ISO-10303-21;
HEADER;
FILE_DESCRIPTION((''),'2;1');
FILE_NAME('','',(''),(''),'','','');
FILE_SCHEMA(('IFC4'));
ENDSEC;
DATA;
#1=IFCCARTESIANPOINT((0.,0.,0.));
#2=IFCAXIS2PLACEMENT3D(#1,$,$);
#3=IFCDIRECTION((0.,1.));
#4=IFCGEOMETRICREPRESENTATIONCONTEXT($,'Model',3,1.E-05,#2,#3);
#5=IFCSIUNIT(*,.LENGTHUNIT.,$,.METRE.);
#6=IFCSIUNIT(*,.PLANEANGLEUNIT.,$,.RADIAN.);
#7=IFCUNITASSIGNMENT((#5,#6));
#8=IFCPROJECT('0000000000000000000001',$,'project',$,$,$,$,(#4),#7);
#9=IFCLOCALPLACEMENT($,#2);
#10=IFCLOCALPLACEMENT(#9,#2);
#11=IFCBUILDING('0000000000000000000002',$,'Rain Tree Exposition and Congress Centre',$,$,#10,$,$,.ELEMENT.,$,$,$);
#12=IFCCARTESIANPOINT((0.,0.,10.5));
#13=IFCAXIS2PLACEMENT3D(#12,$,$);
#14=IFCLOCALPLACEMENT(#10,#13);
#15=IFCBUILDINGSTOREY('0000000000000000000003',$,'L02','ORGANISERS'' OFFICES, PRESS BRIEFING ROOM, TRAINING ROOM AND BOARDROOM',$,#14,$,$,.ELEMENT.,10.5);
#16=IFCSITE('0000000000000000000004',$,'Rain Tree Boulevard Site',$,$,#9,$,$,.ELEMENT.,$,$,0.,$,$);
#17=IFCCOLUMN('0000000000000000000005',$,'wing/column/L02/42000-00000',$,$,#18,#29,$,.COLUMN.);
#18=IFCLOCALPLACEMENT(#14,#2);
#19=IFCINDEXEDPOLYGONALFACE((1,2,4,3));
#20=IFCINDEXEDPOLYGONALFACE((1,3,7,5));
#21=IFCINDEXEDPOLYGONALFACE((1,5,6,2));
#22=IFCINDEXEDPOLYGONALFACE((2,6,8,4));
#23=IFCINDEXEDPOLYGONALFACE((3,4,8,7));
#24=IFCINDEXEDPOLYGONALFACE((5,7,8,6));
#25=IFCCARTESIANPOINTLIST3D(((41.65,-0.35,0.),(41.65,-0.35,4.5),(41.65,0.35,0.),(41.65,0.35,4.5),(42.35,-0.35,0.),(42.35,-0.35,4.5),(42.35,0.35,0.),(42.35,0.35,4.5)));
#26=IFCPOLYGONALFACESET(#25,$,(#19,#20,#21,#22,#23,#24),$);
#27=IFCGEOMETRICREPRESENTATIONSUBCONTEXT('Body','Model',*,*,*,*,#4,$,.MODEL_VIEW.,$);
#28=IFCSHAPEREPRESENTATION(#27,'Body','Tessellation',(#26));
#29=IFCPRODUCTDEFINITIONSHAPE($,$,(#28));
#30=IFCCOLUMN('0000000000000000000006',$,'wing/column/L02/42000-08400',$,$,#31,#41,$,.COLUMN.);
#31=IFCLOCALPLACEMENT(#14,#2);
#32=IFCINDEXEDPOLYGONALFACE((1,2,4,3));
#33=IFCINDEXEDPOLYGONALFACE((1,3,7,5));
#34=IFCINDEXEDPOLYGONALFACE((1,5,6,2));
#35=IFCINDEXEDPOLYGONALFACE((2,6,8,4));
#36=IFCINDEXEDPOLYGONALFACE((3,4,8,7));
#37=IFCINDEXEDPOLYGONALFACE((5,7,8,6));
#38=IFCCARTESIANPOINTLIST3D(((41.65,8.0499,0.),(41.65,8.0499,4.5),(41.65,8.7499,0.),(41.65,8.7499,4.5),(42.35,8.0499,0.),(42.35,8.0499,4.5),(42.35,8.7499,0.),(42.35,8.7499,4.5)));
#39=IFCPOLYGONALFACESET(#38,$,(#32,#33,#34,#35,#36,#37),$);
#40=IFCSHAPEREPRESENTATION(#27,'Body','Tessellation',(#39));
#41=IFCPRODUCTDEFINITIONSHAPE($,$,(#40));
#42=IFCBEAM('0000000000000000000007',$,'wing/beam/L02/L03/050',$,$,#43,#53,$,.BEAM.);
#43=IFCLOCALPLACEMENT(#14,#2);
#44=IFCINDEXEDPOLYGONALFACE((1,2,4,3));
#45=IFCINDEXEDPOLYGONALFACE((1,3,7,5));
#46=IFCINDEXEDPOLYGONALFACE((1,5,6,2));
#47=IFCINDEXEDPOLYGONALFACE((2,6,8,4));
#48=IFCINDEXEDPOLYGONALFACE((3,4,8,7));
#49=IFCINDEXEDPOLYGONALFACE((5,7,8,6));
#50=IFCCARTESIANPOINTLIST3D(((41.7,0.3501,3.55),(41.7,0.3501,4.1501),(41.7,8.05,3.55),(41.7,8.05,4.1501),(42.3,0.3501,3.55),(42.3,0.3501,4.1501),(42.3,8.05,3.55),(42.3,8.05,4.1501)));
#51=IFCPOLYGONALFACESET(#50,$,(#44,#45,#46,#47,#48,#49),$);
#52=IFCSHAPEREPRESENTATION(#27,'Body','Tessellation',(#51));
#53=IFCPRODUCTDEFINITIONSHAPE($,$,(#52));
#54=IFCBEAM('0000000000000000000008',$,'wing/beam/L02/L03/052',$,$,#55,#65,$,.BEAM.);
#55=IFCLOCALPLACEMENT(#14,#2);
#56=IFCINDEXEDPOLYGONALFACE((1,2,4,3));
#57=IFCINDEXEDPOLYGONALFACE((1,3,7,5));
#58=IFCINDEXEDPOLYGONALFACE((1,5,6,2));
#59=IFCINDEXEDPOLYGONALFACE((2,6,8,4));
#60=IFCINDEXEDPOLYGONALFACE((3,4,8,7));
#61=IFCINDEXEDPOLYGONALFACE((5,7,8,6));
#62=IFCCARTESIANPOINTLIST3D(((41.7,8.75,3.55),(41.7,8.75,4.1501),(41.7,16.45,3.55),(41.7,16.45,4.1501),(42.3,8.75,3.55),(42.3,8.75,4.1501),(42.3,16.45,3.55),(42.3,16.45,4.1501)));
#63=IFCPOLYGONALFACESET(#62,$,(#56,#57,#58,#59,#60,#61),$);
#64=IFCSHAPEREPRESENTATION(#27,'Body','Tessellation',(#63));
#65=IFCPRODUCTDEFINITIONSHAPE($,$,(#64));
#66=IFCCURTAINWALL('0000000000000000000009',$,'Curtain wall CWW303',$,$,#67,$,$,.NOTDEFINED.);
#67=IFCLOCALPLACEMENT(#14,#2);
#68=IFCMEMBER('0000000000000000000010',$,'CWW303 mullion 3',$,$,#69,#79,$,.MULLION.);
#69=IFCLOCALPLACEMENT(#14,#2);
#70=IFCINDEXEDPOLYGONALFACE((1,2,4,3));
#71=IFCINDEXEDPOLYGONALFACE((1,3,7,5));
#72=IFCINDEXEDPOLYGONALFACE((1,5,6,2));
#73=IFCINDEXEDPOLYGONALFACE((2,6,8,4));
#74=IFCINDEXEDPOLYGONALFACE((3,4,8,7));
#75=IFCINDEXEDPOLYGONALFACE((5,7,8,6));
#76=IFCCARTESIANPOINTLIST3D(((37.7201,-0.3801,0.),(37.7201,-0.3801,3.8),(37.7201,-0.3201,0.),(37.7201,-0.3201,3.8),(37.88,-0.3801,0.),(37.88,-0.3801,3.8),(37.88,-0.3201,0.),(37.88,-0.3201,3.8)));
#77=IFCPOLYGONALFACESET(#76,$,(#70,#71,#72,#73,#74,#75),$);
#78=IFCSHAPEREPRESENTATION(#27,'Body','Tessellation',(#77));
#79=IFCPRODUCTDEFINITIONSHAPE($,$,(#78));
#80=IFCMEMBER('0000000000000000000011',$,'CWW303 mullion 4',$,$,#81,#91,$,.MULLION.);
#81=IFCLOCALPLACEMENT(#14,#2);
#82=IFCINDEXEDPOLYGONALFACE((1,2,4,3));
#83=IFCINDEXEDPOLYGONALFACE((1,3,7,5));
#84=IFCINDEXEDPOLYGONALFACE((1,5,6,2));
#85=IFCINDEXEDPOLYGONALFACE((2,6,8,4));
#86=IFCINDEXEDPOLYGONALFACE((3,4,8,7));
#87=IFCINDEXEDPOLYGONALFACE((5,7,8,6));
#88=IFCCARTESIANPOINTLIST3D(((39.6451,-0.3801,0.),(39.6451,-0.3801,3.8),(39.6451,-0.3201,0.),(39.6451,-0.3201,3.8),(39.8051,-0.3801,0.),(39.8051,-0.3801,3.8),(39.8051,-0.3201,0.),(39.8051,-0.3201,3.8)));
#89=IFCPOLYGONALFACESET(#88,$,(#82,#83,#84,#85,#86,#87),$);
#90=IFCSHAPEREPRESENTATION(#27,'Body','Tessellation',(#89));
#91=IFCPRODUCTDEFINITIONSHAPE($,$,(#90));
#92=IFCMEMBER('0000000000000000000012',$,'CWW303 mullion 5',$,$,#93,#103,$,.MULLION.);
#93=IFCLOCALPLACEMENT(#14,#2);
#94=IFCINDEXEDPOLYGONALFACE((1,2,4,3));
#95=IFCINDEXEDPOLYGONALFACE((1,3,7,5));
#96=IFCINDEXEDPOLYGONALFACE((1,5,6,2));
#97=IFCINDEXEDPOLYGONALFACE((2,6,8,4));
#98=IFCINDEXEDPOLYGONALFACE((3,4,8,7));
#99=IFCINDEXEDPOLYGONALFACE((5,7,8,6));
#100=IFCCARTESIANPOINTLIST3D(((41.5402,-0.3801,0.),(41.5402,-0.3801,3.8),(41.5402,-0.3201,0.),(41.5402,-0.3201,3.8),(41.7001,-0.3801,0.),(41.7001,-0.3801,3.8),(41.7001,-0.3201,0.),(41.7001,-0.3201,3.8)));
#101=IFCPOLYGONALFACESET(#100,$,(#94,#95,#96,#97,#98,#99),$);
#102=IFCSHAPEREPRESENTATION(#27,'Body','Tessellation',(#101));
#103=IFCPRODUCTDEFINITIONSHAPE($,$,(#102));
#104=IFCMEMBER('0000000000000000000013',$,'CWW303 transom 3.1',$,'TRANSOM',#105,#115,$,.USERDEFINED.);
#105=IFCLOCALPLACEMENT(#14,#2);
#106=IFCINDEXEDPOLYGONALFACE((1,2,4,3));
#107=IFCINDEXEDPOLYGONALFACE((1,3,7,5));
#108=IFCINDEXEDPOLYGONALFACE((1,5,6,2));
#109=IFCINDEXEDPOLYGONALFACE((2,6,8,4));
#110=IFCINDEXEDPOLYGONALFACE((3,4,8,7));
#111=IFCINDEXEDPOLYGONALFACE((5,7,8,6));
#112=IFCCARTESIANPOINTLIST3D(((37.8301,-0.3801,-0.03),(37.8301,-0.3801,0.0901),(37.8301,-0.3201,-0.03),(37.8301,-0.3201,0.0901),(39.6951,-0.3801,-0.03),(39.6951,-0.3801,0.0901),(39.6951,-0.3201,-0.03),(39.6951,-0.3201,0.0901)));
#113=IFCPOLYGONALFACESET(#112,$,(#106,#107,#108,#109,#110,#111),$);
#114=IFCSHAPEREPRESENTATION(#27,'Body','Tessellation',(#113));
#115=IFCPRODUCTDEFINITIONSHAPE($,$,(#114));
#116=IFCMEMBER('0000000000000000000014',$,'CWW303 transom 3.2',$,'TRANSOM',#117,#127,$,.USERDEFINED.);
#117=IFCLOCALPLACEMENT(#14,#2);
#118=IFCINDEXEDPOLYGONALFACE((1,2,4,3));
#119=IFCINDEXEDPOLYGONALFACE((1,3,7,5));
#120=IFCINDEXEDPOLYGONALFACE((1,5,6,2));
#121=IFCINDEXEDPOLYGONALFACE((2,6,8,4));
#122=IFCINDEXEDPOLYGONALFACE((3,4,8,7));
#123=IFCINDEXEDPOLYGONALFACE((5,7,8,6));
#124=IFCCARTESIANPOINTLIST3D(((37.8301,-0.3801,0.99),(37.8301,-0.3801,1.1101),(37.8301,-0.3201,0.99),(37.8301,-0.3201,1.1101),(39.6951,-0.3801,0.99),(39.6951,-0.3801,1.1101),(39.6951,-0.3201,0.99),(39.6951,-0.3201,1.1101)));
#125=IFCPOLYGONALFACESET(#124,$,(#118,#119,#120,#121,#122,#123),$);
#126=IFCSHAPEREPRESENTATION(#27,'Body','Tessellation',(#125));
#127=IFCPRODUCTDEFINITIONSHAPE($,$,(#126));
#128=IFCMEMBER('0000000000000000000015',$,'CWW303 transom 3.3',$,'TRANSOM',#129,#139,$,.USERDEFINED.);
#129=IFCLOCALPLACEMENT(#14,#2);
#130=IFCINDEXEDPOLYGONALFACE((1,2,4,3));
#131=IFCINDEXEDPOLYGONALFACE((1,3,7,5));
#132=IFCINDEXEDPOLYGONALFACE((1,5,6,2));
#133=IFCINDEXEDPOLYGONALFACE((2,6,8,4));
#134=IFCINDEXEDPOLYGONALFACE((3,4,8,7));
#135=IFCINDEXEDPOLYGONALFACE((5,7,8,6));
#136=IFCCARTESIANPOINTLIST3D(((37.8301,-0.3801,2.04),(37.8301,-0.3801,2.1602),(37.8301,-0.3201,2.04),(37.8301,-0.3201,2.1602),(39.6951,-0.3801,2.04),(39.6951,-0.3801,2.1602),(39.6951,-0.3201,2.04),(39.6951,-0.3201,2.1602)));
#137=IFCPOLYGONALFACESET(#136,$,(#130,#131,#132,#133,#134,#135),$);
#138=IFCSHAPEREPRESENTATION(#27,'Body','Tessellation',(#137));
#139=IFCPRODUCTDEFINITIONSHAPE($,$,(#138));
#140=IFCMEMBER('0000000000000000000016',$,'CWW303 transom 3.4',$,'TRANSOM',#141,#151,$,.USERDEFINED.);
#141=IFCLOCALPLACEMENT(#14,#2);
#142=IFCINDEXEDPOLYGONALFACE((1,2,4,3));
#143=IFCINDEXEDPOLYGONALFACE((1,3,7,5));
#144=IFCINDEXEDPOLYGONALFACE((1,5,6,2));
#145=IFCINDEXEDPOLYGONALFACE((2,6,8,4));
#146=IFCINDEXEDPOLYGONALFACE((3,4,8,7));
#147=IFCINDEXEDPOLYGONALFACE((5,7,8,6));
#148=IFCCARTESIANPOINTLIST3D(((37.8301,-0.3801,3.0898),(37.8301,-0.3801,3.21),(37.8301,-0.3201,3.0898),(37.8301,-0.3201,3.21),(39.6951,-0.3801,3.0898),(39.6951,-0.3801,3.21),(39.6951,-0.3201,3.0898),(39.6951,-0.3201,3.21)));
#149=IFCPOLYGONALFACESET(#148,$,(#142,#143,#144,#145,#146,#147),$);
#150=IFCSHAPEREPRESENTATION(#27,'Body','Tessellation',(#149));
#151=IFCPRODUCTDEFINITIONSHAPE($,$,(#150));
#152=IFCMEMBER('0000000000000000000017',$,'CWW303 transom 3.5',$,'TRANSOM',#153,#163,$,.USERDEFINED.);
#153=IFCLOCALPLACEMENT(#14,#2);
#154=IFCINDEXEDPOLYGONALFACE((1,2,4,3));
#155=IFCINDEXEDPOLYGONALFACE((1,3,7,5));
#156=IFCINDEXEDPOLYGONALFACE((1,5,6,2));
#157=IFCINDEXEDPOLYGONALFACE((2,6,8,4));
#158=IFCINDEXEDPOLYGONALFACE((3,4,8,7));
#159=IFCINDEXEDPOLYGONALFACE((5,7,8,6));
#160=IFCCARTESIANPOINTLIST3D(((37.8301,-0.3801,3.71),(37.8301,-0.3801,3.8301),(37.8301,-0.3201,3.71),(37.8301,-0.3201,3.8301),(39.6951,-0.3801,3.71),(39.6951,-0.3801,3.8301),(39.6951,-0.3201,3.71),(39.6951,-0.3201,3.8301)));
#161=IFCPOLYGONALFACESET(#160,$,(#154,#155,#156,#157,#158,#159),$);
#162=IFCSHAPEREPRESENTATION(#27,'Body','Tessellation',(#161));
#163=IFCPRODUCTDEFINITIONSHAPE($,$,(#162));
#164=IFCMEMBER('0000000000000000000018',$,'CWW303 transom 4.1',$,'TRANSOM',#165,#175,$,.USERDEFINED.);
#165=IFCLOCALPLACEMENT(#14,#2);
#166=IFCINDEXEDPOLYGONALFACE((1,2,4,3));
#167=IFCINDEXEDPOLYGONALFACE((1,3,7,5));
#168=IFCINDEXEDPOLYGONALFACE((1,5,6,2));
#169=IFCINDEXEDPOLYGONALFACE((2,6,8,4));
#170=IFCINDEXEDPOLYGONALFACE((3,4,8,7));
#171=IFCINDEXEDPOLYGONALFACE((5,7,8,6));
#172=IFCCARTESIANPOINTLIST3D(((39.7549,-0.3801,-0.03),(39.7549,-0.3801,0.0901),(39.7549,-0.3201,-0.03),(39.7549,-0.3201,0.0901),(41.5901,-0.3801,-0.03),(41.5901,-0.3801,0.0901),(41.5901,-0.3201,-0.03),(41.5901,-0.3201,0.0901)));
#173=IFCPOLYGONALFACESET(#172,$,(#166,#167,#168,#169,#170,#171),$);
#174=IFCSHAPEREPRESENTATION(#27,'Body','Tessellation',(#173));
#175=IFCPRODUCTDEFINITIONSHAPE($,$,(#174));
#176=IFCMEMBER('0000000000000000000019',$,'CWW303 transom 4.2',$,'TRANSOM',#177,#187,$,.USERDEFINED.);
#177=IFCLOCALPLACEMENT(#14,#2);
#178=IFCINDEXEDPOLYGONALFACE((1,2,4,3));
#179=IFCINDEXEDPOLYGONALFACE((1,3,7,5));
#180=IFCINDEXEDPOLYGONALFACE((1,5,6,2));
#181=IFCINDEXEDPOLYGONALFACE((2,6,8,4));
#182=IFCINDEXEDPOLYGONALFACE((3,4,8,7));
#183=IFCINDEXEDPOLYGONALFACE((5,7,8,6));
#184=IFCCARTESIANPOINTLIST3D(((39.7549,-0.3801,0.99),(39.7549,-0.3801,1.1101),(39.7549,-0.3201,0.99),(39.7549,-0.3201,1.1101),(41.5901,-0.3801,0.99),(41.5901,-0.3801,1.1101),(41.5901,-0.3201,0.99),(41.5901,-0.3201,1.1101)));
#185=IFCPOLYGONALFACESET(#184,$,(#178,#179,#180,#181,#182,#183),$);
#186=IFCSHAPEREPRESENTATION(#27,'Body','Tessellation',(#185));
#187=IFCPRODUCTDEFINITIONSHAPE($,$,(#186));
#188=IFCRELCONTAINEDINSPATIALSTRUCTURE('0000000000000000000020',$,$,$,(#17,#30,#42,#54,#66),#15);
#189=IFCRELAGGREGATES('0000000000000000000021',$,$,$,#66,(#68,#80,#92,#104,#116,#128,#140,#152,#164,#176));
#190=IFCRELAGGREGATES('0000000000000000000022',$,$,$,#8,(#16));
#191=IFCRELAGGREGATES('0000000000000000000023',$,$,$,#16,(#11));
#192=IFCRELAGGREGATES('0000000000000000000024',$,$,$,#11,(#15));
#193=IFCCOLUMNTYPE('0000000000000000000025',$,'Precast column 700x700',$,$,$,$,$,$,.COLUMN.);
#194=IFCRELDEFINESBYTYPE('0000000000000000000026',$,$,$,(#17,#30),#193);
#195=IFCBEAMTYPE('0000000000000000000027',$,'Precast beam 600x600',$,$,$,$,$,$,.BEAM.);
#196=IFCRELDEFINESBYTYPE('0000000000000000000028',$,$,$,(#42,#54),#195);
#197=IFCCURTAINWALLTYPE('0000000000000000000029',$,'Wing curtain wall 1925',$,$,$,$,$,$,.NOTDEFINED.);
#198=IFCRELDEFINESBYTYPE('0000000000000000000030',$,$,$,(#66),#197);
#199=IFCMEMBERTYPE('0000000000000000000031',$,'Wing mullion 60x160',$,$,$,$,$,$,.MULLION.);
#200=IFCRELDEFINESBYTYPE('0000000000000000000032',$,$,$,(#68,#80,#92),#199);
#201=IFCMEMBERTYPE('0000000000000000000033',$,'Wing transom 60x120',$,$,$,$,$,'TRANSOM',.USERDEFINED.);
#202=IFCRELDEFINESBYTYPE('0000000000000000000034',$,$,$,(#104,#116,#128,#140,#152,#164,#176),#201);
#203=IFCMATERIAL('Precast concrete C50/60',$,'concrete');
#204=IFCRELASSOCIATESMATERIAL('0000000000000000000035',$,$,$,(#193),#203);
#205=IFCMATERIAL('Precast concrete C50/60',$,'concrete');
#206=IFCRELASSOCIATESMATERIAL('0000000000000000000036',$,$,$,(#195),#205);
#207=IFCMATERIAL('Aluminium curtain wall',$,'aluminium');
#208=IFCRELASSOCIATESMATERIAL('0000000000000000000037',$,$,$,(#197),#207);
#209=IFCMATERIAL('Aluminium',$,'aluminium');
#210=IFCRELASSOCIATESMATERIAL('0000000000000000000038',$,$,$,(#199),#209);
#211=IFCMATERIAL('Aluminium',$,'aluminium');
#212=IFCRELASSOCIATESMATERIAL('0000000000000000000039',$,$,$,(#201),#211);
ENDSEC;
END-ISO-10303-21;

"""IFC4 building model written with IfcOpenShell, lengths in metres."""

from ifc_helpers import new_model, si_unit, direction, frame, origin, origin_2d, place, context, subcontext, project, spatial, rectangle, extrude, material, material_profile, profile_set, type_object, element, aggregate, save


model = new_model("IFC4")

# Units and contexts
model_context = context("Model", 3, precision=1e-05, world=origin(), true_north=direction((0.0, 1.0)))
body_context = subcontext(model_context, "Body", "Model", "MODEL_VIEW")
ifc_project = project(units=[si_unit("LENGTHUNIT", "METRE"), si_unit("PLANEANGLEUNIT", "RADIAN")], contexts=[model_context])

# Site, building, storey
site_placement = place(None, origin())
site = spatial("IfcSite", under=ifc_project, at=site_placement, Name="Rain Tree Boulevard Site", CompositionType="ELEMENT", RefElevation=0.0)
building_placement = place(site_placement, origin())
building = spatial("IfcBuilding", under=site, at=building_placement, Name="Rain Tree Exposition and Congress Centre", CompositionType="ELEMENT")
storey_placement = place(building_placement, frame((0.0, 0.0, 10.5)))
storey = spatial("IfcBuildingStorey", under=building, at=storey_placement, Name="L02", Description="ORGANISERS' OFFICES, PRESS BRIEFING ROOM, TRAINING ROOM AND BOARDROOM", CompositionType="ELEMENT", Elevation=10.5)

# Columns
ifc_material_1 = material(Name="Precast concrete C50/60", Category="concrete")
ifc_material_profile_1 = material_profile(ifc_material_1, rectangle(XDim=0.7, YDim=0.7, at=origin_2d()), Name="RC 700x700")
ifc_profile_set_1 = profile_set([ifc_material_profile_1], Name="Precast concrete C50/60")
column_type = type_object("IfcColumnType", Name="Precast column 700x700", PredefinedType="COLUMN", material=ifc_profile_set_1)
for number, where, z_axis, x_axis, name in (
    (1, (42.0, 0.0, 0.0), (0.0, 0.0, 1.0), (1.0, 0.0, 0.0), "wing/column/L02/42000-00000"),
    (2, (42.0, 8.3999, 0.0), (0.0, 0.0, 1.0), (1.0, 0.0, 0.0), "wing/column/L02/42000-08400"),
):
    element("IfcColumn", number, at=place(storey_placement, frame(where, z_axis=z_axis, x_axis=x_axis)), inside=storey, type_object=column_type, Name=name, PredefinedType="COLUMN", context=body_context, shape_type="SweptSolid", body=[
        extrude(rectangle(XDim=0.7, YDim=0.7, at=origin_2d()), origin(), (0.0, 0.0, 1.0), 4.5),
    ])

# Beams
ifc_material_2 = material(Name="Precast concrete C50/60", Category="concrete")
ifc_material_profile_2 = material_profile(ifc_material_2, rectangle(XDim=0.6001, YDim=0.6001, at=origin_2d()), Name="RC 600x600")
ifc_profile_set_2 = profile_set([ifc_material_profile_2], Name="Precast concrete C50/60")
beam_type = type_object("IfcBeamType", Name="Precast beam 600x600", PredefinedType="BEAM", material=ifc_profile_set_2)
for number, where, z_axis, x_axis, name in (
    (3, (42.0, 0.3501, 3.8501), (0.0, 1.0, 0.0), (-1.0, 0.0, 0.0), "wing/beam/L02/L03/050"),
    (4, (42.0, 8.75, 3.8501), (0.0, 1.0, 0.0), (-1.0, 0.0, 0.0), "wing/beam/L02/L03/052"),
):
    element("IfcBeam", number, at=place(storey_placement, frame(where, z_axis=z_axis, x_axis=x_axis)), inside=storey, type_object=beam_type, Name=name, PredefinedType="BEAM", context=body_context, shape_type="SweptSolid", body=[
        extrude(rectangle(XDim=0.6001, YDim=0.6001, at=origin_2d()), origin(), (0.0, 0.0, 1.0), 7.7),
    ])

# Curtain wall, members
ifc_material_3 = material(Name="Aluminium curtain wall", Category="aluminium")
curtain_wall_type = type_object("IfcCurtainWallType", Name="Wing curtain wall 1925", PredefinedType="NOTDEFINED", material=ifc_material_3)
curtain_wall_placement = place(storey_placement, origin())
curtain_wall = element("IfcCurtainWall", 5, at=curtain_wall_placement, inside=storey, type_object=curtain_wall_type, Name="Curtain wall CWW303", PredefinedType="NOTDEFINED")
ifc_material_4 = material(Name="Aluminium", Category="aluminium")
ifc_material_profile_3 = material_profile(ifc_material_4, rectangle(XDim=0.0601, YDim=0.1599, at=origin_2d()), Name="Aluminium 60x160")
ifc_profile_set_3 = profile_set([ifc_material_profile_3], Name="Aluminium")
member_type_1 = type_object("IfcMemberType", Name="Wing mullion 60x160", PredefinedType="MULLION", material=ifc_profile_set_3)
member_1_placement = place(storey_placement, frame((37.8, -0.3501, 0.0), z_axis=(0.0, 0.0, 1.0), x_axis=(0.0, 1.0, 0.0)))
member_1 = element("IfcMember", 6, at=member_1_placement, type_object=member_type_1, Name="CWW303 mullion 3", PredefinedType="MULLION", context=body_context, shape_type="SweptSolid", body=[
    extrude(rectangle(XDim=0.0601, YDim=0.1599, at=origin_2d()), origin(), (0.0, 0.0, 1.0), 3.8),
])
member_2_placement = place(storey_placement, frame((39.7251, -0.3501, 0.0), z_axis=(0.0, 0.0, 1.0), x_axis=(0.0, 1.0, 0.0)))
member_2 = element("IfcMember", 7, at=member_2_placement, type_object=member_type_1, Name="CWW303 mullion 4", PredefinedType="MULLION", context=body_context, shape_type="SweptSolid", body=[
    extrude(rectangle(XDim=0.0601, YDim=0.1599, at=origin_2d()), origin(), (0.0, 0.0, 1.0), 3.8),
])
member_3_placement = place(storey_placement, frame((41.6201, -0.3501, 0.0), z_axis=(0.0, 0.0, 1.0), x_axis=(0.0, 1.0, 0.0)))
member_3 = element("IfcMember", 8, at=member_3_placement, type_object=member_type_1, Name="CWW303 mullion 5", PredefinedType="MULLION", context=body_context, shape_type="SweptSolid", body=[
    extrude(rectangle(XDim=0.0601, YDim=0.1599, at=origin_2d()), origin(), (0.0, 0.0, 1.0), 3.8),
])
ifc_material_5 = material(Name="Aluminium", Category="aluminium")
ifc_material_profile_4 = material_profile(ifc_material_5, rectangle(XDim=0.0601, YDim=0.1201, at=origin_2d()), Name="Aluminium 60x120")
ifc_profile_set_4 = profile_set([ifc_material_profile_4], Name="Aluminium")
member_type_2 = type_object("IfcMemberType", Name="Wing transom 60x120", ElementType="TRANSOM", PredefinedType="USERDEFINED", material=ifc_profile_set_4)
member_4_placement = place(storey_placement, frame((37.8301, -0.3501, 0.03), z_axis=(1.0, 0.0, 0.0), x_axis=(0.0, 1.0, 0.0)))
member_4 = element("IfcMember", 9, at=member_4_placement, type_object=member_type_2, Name="CWW303 transom 3.1", ObjectType="TRANSOM", PredefinedType="USERDEFINED", context=body_context, shape_type="SweptSolid", body=[
    extrude(rectangle(XDim=0.0601, YDim=0.1201, at=origin_2d()), origin(), (0.0, 0.0, 1.0), 1.865),
])
member_5_placement = place(storey_placement, frame((37.8301, -0.3501, 1.05), z_axis=(1.0, 0.0, 0.0), x_axis=(0.0, 1.0, 0.0)))
member_5 = element("IfcMember", 10, at=member_5_placement, type_object=member_type_2, Name="CWW303 transom 3.2", ObjectType="TRANSOM", PredefinedType="USERDEFINED", context=body_context, shape_type="SweptSolid", body=[
    extrude(rectangle(XDim=0.0601, YDim=0.1201, at=origin_2d()), origin(), (0.0, 0.0, 1.0), 1.865),
])
member_6_placement = place(storey_placement, frame((37.8301, -0.3501, 2.1001), z_axis=(1.0, 0.0, 0.0), x_axis=(0.0, 1.0, 0.0)))
member_6 = element("IfcMember", 11, at=member_6_placement, type_object=member_type_2, Name="CWW303 transom 3.3", ObjectType="TRANSOM", PredefinedType="USERDEFINED", context=body_context, shape_type="SweptSolid", body=[
    extrude(rectangle(XDim=0.0601, YDim=0.1201, at=origin_2d()), origin(), (0.0, 0.0, 1.0), 1.865),
])
member_7_placement = place(storey_placement, frame((37.8301, -0.3501, 3.1499), z_axis=(1.0, 0.0, 0.0), x_axis=(0.0, 1.0, 0.0)))
member_7 = element("IfcMember", 12, at=member_7_placement, type_object=member_type_2, Name="CWW303 transom 3.4", ObjectType="TRANSOM", PredefinedType="USERDEFINED", context=body_context, shape_type="SweptSolid", body=[
    extrude(rectangle(XDim=0.0601, YDim=0.1201, at=origin_2d()), origin(), (0.0, 0.0, 1.0), 1.865),
])
member_8_placement = place(storey_placement, frame((37.8301, -0.3501, 3.77), z_axis=(1.0, 0.0, 0.0), x_axis=(0.0, 1.0, 0.0)))
member_8 = element("IfcMember", 13, at=member_8_placement, type_object=member_type_2, Name="CWW303 transom 3.5", ObjectType="TRANSOM", PredefinedType="USERDEFINED", context=body_context, shape_type="SweptSolid", body=[
    extrude(rectangle(XDim=0.0601, YDim=0.1201, at=origin_2d()), origin(), (0.0, 0.0, 1.0), 1.865),
])
member_9_placement = place(storey_placement, frame((39.7549, -0.3501, 0.03), z_axis=(1.0, 0.0, 0.0), x_axis=(0.0, 1.0, 0.0)))
member_9 = element("IfcMember", 14, at=member_9_placement, type_object=member_type_2, Name="CWW303 transom 4.1", ObjectType="TRANSOM", PredefinedType="USERDEFINED", context=body_context, shape_type="SweptSolid", body=[
    extrude(rectangle(XDim=0.0601, YDim=0.1201, at=origin_2d()), origin(), (0.0, 0.0, 1.0), 1.8352),
])
member_10_placement = place(storey_placement, frame((39.7549, -0.3501, 1.05), z_axis=(1.0, 0.0, 0.0), x_axis=(0.0, 1.0, 0.0)))
member_10 = element("IfcMember", 15, at=member_10_placement, type_object=member_type_2, Name="CWW303 transom 4.2", ObjectType="TRANSOM", PredefinedType="USERDEFINED", context=body_context, shape_type="SweptSolid", body=[
    extrude(rectangle(XDim=0.0601, YDim=0.1201, at=origin_2d()), origin(), (0.0, 0.0, 1.0), 1.8352),
])
aggregate(curtain_wall, [member_1, member_2, member_3, member_4, member_5, member_6, member_7, member_8, member_9, member_10])

save(model, "model.ifc")
